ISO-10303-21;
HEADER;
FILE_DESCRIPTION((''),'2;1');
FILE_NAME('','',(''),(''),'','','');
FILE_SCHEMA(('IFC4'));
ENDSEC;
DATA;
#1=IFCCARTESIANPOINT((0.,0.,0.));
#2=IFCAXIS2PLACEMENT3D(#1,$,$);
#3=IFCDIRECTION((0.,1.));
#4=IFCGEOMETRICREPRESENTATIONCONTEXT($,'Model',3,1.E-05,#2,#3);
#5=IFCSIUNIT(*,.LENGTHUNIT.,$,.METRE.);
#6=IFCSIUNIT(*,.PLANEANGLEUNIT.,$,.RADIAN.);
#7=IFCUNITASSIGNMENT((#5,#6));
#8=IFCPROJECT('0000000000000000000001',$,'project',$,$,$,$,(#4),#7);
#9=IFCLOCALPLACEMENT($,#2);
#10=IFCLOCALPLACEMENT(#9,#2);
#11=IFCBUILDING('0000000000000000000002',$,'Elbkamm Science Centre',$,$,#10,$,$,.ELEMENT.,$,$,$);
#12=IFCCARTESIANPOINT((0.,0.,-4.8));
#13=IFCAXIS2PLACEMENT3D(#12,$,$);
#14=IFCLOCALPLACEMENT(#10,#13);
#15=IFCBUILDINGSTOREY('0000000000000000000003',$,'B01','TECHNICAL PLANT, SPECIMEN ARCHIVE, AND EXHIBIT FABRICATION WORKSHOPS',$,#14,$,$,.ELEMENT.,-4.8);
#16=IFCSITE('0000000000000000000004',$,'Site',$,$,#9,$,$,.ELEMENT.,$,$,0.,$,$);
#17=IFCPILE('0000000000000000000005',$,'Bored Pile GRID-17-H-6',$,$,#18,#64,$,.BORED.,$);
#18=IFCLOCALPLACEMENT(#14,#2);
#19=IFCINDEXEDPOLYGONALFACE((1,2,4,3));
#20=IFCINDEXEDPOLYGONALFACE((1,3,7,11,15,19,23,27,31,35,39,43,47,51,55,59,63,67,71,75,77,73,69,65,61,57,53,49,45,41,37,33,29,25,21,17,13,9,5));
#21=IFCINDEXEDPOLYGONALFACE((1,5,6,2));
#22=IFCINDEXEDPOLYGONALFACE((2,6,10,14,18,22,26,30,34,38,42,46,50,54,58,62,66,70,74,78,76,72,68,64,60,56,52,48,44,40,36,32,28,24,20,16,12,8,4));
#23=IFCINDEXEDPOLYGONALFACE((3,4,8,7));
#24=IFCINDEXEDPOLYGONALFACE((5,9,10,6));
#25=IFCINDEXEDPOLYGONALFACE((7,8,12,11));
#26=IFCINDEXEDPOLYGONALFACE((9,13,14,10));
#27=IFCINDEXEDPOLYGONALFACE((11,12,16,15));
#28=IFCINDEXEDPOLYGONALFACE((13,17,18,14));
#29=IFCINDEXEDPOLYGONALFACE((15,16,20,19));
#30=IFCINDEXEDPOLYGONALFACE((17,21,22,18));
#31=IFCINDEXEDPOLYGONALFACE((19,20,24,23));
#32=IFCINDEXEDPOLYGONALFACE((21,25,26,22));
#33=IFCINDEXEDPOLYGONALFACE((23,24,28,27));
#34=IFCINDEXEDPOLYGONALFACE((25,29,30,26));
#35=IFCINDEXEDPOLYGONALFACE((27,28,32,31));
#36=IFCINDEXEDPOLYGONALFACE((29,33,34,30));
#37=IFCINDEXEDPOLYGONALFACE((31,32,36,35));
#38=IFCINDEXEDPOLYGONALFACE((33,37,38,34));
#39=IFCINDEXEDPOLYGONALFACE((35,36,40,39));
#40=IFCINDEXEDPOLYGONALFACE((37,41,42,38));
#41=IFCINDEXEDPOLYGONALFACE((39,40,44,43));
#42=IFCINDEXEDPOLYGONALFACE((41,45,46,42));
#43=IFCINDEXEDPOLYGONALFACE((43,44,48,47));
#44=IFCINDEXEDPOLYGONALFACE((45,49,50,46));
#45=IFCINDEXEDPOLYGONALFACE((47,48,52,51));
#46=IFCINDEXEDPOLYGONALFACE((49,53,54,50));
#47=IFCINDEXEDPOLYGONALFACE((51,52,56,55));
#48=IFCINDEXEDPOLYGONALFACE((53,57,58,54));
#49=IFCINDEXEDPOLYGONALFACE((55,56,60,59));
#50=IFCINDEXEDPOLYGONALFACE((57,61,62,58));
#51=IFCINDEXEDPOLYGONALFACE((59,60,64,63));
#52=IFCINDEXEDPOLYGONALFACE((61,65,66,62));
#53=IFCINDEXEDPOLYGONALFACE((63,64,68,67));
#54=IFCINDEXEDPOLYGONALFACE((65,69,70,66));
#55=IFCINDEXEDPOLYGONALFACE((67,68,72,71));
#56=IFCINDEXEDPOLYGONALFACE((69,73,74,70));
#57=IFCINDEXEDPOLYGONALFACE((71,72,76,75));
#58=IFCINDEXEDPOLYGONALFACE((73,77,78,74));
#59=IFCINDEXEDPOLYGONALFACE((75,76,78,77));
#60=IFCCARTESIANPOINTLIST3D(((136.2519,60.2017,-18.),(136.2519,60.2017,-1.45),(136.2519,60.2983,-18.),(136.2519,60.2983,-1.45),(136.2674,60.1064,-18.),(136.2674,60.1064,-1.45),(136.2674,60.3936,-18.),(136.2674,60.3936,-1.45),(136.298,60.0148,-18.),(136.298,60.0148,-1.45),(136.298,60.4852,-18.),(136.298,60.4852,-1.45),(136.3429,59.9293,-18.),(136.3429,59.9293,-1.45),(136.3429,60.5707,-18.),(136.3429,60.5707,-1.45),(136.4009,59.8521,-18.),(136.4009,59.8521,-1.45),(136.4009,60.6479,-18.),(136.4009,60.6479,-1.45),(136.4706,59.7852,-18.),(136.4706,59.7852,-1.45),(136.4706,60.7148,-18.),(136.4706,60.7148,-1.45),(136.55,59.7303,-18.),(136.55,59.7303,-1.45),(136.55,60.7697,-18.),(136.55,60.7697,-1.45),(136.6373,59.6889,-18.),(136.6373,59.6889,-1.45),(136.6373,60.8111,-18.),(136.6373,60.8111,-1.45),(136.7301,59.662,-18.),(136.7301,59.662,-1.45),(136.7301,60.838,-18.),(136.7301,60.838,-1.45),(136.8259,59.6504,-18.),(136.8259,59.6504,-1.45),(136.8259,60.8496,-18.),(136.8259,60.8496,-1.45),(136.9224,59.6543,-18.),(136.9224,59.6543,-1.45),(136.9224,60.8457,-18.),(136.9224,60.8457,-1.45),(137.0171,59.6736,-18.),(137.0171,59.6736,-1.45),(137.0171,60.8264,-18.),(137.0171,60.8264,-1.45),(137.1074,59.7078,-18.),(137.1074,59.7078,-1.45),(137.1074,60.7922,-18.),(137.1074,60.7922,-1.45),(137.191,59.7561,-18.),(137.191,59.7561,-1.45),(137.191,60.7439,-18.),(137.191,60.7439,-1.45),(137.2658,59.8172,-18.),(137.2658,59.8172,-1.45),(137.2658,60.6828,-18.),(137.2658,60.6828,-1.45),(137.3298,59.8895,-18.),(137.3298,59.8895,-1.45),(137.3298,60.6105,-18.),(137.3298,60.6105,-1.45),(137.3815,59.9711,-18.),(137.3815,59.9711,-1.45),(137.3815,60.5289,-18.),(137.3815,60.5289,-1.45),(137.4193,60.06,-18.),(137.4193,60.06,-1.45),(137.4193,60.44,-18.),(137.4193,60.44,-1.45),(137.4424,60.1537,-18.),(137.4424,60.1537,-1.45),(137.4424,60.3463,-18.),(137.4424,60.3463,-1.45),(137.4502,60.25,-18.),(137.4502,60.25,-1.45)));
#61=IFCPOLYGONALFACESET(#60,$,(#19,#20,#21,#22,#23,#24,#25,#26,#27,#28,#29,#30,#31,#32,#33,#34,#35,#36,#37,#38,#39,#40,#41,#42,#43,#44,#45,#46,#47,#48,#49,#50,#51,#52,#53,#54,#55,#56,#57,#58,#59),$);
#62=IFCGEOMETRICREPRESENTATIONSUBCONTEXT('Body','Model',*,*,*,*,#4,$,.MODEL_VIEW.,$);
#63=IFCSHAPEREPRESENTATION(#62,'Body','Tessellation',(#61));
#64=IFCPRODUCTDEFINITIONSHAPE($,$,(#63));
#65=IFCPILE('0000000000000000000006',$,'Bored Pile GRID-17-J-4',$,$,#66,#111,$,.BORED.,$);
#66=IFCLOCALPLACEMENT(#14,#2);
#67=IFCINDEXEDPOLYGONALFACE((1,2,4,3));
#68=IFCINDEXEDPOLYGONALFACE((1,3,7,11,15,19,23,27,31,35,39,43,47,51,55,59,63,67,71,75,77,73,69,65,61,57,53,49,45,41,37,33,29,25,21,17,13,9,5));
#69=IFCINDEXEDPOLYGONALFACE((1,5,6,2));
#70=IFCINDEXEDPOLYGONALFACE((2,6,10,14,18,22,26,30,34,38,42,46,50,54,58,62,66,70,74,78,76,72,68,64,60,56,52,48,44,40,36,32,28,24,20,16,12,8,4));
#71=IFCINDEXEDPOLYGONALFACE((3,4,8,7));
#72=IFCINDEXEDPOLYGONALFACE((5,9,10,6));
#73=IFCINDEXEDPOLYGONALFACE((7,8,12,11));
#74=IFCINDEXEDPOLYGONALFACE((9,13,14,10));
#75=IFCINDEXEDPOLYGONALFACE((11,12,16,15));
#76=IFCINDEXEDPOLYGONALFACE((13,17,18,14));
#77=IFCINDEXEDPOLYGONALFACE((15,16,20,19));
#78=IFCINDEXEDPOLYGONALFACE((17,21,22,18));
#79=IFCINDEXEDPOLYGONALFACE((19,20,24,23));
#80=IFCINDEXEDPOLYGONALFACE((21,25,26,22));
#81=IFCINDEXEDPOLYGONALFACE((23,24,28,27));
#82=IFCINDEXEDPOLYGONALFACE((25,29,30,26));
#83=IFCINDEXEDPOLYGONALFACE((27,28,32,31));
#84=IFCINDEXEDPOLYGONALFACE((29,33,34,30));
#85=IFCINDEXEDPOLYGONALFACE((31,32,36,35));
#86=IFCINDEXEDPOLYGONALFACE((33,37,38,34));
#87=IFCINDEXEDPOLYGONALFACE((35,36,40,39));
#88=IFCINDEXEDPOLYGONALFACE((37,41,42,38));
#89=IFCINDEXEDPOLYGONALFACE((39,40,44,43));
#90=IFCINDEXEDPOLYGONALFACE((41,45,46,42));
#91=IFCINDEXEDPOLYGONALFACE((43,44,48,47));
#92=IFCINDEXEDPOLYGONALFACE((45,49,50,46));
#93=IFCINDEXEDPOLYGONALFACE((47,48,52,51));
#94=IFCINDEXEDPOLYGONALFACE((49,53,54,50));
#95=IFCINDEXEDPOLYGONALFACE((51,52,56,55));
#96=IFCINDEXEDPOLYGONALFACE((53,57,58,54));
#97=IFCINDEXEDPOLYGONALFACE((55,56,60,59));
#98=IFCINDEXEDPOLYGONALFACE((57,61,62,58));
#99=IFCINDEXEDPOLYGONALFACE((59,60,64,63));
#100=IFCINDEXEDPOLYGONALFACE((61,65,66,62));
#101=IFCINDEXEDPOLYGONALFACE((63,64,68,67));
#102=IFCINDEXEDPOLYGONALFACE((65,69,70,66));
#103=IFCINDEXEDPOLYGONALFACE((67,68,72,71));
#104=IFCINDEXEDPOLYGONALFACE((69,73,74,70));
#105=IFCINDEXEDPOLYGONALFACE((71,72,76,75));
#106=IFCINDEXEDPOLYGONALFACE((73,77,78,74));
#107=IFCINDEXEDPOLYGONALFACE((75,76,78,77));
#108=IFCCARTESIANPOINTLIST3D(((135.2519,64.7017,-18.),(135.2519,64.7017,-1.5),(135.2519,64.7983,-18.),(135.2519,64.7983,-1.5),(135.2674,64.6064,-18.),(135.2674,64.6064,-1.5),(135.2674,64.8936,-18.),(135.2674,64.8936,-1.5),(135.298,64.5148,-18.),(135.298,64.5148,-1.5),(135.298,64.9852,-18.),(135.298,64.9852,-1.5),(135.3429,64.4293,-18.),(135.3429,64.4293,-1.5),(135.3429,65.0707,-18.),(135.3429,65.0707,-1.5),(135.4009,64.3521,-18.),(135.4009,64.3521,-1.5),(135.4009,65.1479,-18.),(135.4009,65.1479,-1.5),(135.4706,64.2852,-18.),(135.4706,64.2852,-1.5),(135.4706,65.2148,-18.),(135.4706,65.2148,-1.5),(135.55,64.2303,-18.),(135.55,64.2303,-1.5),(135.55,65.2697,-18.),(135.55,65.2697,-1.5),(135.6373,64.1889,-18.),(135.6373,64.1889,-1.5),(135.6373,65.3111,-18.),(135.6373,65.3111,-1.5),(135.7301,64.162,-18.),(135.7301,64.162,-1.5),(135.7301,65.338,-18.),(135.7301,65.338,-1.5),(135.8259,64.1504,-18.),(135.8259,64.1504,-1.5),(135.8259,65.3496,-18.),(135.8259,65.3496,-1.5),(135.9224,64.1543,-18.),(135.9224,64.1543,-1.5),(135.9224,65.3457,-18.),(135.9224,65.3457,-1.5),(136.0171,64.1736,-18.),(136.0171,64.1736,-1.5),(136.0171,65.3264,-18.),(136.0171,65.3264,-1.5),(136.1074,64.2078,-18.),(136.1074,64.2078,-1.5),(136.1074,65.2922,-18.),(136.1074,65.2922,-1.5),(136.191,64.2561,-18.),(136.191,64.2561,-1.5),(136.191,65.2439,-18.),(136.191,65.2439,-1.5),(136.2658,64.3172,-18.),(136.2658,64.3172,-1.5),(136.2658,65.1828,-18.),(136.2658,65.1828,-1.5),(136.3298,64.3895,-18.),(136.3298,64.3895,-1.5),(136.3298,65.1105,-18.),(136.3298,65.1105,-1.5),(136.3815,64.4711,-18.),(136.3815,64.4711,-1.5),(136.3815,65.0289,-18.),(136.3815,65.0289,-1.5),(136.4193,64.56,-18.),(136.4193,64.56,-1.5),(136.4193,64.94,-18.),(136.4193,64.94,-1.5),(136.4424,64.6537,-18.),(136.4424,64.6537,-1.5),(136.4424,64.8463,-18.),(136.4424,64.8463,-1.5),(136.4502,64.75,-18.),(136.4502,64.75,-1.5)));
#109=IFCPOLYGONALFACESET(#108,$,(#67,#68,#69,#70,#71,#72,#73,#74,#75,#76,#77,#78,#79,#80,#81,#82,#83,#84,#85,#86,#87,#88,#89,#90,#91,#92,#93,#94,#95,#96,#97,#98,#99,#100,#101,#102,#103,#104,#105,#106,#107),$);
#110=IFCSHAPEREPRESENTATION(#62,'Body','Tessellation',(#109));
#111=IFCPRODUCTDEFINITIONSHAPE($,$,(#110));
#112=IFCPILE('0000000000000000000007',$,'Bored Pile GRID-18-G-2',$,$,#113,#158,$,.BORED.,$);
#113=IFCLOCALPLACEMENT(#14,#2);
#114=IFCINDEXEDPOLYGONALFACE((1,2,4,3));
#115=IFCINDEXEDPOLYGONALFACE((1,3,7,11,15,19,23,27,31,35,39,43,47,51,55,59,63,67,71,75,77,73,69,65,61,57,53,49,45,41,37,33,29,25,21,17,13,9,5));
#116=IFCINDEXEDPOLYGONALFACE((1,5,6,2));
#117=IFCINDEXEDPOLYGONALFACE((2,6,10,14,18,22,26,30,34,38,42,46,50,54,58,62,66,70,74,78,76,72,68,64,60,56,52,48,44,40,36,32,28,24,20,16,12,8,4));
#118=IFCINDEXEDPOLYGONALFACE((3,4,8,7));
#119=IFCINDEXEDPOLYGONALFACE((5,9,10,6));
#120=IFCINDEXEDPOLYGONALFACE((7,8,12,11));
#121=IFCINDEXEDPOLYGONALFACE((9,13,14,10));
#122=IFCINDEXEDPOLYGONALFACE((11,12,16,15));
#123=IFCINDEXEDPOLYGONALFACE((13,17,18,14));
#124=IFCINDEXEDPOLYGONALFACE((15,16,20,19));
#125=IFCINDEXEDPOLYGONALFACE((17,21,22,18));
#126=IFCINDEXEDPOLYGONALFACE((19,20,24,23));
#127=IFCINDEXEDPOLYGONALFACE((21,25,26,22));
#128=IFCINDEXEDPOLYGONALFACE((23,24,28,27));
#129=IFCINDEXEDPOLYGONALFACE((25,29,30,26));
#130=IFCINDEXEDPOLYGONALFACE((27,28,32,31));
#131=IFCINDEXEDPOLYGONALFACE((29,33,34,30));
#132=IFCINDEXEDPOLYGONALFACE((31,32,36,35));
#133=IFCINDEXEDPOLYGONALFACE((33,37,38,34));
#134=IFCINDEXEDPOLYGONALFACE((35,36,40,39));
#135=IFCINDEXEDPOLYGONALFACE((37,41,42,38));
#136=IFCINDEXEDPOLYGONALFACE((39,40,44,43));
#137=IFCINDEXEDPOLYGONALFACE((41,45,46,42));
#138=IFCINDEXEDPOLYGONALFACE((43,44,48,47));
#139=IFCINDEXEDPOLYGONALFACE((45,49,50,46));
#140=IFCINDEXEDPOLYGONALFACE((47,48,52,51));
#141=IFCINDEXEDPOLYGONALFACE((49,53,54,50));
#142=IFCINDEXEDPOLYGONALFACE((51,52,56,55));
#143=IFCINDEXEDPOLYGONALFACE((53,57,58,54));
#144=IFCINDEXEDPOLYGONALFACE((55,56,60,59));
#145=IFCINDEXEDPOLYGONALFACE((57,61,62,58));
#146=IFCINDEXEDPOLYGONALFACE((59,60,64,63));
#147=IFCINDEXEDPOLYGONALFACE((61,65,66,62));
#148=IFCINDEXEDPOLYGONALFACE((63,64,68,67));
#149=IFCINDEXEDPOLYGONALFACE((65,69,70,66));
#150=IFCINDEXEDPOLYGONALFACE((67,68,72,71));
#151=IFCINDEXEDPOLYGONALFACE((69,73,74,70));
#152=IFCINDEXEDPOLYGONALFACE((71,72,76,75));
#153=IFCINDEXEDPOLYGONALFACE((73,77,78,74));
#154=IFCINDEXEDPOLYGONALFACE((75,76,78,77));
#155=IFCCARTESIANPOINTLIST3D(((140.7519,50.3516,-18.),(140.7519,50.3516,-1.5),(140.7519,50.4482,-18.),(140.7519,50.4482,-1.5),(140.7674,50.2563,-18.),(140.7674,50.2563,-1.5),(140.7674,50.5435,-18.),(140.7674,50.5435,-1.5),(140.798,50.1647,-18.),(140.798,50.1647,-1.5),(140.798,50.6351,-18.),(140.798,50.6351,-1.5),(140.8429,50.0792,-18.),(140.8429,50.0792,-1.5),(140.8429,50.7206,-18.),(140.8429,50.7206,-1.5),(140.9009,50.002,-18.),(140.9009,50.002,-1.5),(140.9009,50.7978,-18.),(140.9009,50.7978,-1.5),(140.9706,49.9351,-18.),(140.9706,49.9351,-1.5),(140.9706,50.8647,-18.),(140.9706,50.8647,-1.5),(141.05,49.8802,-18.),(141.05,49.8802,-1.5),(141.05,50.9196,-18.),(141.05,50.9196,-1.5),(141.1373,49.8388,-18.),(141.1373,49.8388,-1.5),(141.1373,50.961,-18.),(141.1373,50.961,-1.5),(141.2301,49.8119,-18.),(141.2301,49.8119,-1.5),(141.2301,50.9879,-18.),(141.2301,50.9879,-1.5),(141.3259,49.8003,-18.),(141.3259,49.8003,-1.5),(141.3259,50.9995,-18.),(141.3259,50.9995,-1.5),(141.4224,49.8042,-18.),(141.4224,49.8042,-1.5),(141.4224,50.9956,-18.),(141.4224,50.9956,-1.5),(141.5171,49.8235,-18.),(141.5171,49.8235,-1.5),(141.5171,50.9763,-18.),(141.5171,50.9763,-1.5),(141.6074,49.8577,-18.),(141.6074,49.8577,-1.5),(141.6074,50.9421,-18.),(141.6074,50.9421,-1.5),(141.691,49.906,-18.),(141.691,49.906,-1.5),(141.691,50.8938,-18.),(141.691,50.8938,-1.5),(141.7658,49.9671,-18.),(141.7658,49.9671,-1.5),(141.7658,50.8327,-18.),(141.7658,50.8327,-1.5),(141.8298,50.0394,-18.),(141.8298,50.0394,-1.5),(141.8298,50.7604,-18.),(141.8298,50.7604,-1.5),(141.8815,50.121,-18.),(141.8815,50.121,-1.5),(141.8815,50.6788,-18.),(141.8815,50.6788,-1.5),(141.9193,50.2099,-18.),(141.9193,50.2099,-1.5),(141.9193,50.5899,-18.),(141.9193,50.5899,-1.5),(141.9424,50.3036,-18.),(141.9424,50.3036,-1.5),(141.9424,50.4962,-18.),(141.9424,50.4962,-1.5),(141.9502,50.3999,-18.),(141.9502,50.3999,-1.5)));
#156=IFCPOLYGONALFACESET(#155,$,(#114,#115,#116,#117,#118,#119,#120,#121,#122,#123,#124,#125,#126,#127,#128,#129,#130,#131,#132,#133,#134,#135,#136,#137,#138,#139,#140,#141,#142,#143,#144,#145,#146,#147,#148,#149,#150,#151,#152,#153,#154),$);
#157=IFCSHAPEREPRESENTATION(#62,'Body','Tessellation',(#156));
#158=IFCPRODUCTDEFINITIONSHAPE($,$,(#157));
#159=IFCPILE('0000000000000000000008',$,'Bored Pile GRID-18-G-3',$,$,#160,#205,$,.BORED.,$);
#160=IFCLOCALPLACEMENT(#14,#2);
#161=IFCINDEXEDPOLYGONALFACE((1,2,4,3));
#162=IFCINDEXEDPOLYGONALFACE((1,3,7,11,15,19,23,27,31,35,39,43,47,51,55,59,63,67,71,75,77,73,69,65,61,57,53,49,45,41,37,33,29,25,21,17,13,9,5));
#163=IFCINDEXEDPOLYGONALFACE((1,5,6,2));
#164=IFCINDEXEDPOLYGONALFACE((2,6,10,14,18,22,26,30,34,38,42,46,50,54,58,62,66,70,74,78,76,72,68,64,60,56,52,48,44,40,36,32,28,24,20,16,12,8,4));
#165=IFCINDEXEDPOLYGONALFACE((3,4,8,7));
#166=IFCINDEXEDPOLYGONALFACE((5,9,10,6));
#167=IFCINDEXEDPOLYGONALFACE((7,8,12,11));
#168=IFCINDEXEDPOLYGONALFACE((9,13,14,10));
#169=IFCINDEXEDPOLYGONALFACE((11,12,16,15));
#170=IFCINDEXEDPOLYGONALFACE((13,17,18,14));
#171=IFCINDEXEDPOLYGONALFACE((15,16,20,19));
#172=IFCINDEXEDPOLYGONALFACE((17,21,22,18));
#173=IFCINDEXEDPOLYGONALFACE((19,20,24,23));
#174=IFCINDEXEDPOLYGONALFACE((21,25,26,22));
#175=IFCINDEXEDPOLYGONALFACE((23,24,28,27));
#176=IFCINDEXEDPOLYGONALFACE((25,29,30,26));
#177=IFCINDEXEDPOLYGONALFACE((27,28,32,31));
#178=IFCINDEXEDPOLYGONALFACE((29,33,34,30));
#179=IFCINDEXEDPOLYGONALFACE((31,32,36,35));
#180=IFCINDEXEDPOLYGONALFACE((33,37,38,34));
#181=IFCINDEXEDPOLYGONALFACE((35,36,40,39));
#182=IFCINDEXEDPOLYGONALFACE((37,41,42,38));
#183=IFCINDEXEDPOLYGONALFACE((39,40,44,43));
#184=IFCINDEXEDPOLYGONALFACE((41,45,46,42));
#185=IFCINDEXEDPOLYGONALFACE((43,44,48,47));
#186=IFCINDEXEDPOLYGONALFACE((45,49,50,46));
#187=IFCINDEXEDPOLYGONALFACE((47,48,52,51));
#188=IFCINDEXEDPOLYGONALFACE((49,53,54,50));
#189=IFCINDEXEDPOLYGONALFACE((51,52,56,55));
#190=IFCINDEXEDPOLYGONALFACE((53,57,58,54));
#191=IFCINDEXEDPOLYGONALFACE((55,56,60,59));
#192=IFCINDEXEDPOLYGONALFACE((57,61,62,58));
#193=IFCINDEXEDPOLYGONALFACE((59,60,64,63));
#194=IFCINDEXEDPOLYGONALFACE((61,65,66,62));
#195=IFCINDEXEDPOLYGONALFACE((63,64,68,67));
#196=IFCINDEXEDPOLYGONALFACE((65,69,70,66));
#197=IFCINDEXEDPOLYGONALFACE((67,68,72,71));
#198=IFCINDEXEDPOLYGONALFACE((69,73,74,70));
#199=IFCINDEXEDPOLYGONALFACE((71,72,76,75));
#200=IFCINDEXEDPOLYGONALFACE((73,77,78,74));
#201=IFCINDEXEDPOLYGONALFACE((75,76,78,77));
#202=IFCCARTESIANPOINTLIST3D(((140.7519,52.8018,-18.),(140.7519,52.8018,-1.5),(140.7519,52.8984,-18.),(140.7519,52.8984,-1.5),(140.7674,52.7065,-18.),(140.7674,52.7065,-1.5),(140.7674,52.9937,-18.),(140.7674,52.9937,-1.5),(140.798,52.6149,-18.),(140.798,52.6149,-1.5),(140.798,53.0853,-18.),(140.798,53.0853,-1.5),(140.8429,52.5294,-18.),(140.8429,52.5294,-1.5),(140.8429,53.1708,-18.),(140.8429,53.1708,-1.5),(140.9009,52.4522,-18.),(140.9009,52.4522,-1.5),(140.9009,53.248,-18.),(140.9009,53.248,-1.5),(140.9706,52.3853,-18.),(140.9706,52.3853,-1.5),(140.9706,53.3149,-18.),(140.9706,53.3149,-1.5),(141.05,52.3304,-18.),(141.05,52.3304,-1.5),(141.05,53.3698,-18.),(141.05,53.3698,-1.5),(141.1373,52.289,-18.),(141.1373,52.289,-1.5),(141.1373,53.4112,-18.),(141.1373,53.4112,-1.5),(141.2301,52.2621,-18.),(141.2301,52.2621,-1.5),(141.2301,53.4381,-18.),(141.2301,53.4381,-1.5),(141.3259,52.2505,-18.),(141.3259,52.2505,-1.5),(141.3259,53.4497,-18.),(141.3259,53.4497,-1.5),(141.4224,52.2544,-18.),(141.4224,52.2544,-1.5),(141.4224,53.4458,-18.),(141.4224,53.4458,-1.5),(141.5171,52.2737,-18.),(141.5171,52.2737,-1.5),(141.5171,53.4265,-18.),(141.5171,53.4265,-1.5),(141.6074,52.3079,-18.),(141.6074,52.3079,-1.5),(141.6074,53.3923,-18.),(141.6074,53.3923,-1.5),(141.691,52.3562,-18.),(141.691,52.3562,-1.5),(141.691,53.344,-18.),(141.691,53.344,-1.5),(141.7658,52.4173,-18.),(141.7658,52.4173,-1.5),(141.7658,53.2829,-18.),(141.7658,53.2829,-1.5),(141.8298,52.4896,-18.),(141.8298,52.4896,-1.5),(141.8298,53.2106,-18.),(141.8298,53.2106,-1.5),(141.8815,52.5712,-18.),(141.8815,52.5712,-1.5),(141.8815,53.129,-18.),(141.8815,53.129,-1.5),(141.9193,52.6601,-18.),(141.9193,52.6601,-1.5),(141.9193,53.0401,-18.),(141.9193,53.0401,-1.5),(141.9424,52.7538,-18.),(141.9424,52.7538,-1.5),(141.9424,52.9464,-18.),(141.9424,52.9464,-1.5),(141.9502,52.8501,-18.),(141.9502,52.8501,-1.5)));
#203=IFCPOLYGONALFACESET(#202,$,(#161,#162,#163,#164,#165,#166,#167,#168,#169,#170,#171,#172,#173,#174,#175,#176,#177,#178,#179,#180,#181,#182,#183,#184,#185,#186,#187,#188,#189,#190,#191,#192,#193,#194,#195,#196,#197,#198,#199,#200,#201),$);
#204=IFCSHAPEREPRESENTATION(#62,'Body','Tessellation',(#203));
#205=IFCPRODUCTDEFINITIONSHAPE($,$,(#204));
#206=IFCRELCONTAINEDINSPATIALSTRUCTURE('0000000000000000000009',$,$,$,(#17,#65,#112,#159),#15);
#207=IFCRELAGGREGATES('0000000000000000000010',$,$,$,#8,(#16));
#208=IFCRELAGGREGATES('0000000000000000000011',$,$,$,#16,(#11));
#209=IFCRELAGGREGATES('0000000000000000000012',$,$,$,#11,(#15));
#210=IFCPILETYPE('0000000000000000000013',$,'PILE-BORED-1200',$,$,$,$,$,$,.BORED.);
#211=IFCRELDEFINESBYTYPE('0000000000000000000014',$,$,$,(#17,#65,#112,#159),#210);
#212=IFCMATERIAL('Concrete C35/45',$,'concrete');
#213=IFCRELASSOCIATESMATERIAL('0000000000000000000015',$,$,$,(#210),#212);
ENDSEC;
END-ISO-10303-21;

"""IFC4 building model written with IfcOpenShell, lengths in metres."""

from ifc_helpers import new_model, si_unit, direction, frame, origin, origin_2d, place, context, subcontext, project, spatial, circle, extrude, material, material_profile, profile_set, type_object, element, save


model = new_model("IFC4")

# Units and contexts
model_context = context("Model", 3, precision=1e-05, world=origin(), true_north=direction((0.0, 1.0)))
body_context = subcontext(model_context, "Body", "Model", "MODEL_VIEW")
ifc_project = project(units=[si_unit("LENGTHUNIT", "METRE"), si_unit("PLANEANGLEUNIT", "RADIAN")], contexts=[model_context])

# Site, building, storey
site_placement = place(None, origin())
site = spatial("IfcSite", under=ifc_project, at=site_placement, Name="Site", CompositionType="ELEMENT", RefElevation=0.0)
building_placement = place(site_placement, origin())
building = spatial("IfcBuilding", under=site, at=building_placement, Name="Elbkamm Science Centre", CompositionType="ELEMENT")
storey_placement = place(building_placement, frame((0.0, 0.0, -4.8)))
storey = spatial("IfcBuildingStorey", under=building, at=storey_placement, Name="B01", Description="TECHNICAL PLANT, SPECIMEN ARCHIVE, AND EXHIBIT FABRICATION WORKSHOPS", CompositionType="ELEMENT", Elevation=-4.8)

# Shared definitions
ifc_material_1 = material(Name="Concrete C35/45", Category="concrete")

# Piles
ifc_material_profile_1 = material_profile(ifc_material_1, circle(Radius=0.6001, at=origin_2d()), Name="PILE D1200")
ifc_profile_set_1 = profile_set([ifc_material_profile_1], Name="Concrete C35/45")
pile_type = type_object("IfcPileType", Name="PILE-BORED-1200", PredefinedType="BORED", material=ifc_profile_set_1)
for number, where, z_axis, x_axis, name in (
    (1, (136.8501, 60.25, -1.45), (0.0, 0.0, -1.0), (1.0, 0.0, 0.0), "Bored Pile GRID-17-H-6"),
):
    element("IfcPile", number, at=place(storey_placement, frame(where, z_axis=z_axis, x_axis=x_axis)), inside=storey, type_object=pile_type, Name=name, PredefinedType="BORED", context=body_context, shape_type="SweptSolid", body=[
        extrude(circle(Radius=0.6001, at=origin_2d()), origin(), (0.0, 0.0, 1.0), 16.55),
    ])
for number, where, z_axis, x_axis, name in (
    (2, (135.8501, 64.75, -1.5), (0.0, 0.0, -1.0), (1.0, 0.0, 0.0), "Bored Pile GRID-17-J-4"),
    (3, (141.3501, 50.3999, -1.5), (0.0, 0.0, -1.0), (1.0, 0.0, 0.0), "Bored Pile GRID-18-G-2"),
    (4, (141.3501, 52.8501, -1.5), (0.0, 0.0, -1.0), (1.0, 0.0, 0.0), "Bored Pile GRID-18-G-3"),
):
    element("IfcPile", number, at=place(storey_placement, frame(where, z_axis=z_axis, x_axis=x_axis)), inside=storey, type_object=pile_type, Name=name, PredefinedType="BORED", context=body_context, shape_type="SweptSolid", body=[
        extrude(circle(Radius=0.6001, at=origin_2d()), origin(), (0.0, 0.0, 1.0), 16.5),
    ])

save(model, "model.ifc")
